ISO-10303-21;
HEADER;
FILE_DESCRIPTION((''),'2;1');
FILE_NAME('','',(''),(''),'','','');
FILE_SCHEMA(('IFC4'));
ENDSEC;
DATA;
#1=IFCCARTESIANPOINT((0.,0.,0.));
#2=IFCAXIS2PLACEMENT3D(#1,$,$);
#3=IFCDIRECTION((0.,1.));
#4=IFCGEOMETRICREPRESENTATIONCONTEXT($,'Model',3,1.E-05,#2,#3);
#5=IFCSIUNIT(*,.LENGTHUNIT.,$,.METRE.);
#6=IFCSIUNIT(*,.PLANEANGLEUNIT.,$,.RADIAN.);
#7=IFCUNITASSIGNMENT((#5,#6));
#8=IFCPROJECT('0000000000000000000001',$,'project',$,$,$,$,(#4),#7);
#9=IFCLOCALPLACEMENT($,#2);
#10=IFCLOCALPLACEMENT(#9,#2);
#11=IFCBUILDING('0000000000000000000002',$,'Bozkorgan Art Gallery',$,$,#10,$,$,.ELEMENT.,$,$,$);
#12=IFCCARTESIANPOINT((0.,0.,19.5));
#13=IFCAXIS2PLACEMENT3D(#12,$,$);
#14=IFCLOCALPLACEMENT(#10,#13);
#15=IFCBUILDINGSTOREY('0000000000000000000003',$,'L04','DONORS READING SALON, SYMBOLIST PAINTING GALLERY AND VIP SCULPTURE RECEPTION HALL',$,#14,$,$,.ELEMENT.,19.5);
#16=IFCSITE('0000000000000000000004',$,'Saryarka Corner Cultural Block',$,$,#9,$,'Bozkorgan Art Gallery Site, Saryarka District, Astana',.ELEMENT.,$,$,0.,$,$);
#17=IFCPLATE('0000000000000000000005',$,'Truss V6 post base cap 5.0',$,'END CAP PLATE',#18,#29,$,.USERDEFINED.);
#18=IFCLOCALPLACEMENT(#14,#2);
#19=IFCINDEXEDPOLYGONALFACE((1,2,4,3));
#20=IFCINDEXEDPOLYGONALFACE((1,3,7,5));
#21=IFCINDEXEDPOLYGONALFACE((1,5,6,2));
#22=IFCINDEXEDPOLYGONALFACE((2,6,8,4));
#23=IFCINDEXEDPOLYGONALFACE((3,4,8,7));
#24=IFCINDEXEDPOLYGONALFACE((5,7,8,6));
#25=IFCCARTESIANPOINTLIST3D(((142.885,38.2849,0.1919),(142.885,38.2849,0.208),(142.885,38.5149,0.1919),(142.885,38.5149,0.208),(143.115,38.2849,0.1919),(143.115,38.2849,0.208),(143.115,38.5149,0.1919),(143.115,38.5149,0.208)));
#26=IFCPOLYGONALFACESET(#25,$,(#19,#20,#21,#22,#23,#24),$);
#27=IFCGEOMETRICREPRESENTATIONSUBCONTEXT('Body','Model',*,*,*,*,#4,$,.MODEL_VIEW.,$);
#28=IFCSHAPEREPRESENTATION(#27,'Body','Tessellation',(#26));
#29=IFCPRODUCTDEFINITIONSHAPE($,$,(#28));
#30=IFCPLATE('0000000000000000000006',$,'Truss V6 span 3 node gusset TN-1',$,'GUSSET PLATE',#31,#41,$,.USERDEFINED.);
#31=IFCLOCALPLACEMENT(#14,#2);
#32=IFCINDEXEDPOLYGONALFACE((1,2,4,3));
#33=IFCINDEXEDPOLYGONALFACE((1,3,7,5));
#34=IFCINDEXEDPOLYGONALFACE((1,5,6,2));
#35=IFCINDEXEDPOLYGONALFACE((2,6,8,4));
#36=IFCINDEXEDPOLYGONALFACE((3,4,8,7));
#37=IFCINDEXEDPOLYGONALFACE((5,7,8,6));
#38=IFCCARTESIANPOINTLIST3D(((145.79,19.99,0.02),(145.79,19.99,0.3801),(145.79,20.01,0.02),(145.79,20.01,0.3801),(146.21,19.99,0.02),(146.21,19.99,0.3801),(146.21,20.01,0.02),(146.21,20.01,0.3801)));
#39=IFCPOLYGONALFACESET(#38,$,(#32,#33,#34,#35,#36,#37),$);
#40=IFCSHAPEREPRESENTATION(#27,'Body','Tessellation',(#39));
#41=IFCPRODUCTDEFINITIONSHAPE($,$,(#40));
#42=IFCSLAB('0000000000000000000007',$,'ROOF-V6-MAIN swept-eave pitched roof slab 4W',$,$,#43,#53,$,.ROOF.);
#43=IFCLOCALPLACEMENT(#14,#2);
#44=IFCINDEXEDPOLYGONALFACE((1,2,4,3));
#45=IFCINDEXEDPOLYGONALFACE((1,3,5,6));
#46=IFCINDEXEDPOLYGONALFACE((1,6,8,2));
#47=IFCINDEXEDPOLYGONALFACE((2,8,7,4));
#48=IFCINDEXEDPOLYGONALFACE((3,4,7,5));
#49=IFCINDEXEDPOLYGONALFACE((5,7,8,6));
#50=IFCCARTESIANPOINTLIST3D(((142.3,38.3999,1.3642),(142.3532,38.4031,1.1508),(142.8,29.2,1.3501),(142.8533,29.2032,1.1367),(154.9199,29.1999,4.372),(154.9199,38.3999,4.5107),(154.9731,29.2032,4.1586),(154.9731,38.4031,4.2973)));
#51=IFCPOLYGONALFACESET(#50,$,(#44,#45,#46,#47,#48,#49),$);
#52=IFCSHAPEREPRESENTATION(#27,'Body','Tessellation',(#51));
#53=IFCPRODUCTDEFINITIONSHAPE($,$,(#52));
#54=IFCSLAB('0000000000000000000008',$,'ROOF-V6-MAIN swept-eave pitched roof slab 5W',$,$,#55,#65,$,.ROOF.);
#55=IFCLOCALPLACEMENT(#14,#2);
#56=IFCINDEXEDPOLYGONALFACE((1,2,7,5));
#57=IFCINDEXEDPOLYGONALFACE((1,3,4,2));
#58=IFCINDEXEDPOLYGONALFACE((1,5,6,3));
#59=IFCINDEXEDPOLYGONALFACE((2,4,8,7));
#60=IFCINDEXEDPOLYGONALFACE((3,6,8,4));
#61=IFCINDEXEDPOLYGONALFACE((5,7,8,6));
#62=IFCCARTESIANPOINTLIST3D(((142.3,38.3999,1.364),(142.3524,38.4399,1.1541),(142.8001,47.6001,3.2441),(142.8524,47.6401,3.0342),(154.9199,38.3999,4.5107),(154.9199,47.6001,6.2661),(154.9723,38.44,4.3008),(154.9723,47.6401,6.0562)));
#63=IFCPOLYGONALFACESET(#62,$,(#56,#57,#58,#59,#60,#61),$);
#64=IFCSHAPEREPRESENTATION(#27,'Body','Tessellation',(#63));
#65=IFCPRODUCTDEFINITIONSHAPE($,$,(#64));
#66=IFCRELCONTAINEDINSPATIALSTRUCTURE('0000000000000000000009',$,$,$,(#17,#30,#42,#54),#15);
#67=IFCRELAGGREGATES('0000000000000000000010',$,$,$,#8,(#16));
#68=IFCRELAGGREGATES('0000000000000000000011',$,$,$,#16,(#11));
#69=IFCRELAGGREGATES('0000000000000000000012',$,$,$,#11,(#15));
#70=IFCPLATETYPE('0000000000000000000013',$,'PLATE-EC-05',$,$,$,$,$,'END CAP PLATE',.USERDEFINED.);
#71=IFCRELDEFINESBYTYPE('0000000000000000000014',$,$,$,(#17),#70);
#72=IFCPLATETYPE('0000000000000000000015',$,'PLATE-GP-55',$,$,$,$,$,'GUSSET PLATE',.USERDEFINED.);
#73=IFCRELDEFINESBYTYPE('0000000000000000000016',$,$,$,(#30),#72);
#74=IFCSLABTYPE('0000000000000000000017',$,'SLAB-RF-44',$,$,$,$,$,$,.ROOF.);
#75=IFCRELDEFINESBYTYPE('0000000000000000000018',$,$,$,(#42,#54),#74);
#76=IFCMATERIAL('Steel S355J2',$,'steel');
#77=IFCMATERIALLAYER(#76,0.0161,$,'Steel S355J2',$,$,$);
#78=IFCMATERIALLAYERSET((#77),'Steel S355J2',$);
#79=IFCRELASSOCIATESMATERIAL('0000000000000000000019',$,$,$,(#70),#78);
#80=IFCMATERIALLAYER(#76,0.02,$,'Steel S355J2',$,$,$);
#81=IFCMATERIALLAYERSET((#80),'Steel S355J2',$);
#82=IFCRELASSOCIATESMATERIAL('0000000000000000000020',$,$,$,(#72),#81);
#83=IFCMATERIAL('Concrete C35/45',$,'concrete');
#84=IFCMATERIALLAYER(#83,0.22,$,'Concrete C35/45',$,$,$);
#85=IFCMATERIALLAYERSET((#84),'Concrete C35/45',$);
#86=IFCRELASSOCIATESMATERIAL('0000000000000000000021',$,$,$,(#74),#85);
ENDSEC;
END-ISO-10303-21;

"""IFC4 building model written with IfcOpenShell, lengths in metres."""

from ifc_helpers import new_model, si_unit, direction, frame, origin, origin_2d, place, context, subcontext, project, spatial, polyline, rectangle, outline, extrude, material, layer, layer_set, type_object, element, save


model = new_model("IFC4")

# Units and contexts
model_context = context("Model", 3, precision=1e-05, world=origin(), true_north=direction((0.0, 1.0)))
body_context = subcontext(model_context, "Body", "Model", "MODEL_VIEW")
ifc_project = project(units=[si_unit("LENGTHUNIT", "METRE"), si_unit("PLANEANGLEUNIT", "RADIAN")], contexts=[model_context])

# Site, building, storey
site_placement = place(None, origin())
site = spatial("IfcSite", under=ifc_project, at=site_placement, Name="Saryarka Corner Cultural Block", LongName="Bozkorgan Art Gallery Site, Saryarka District, Astana", CompositionType="ELEMENT", RefElevation=0.0)
building_placement = place(site_placement, origin())
building = spatial("IfcBuilding", under=site, at=building_placement, Name="Bozkorgan Art Gallery", CompositionType="ELEMENT")
storey_placement = place(building_placement, frame((0.0, 0.0, 19.5)))
storey = spatial("IfcBuildingStorey", under=building, at=storey_placement, Name="L04", Description="DONORS READING SALON, SYMBOLIST PAINTING GALLERY AND VIP SCULPTURE RECEPTION HALL", CompositionType="ELEMENT", Elevation=19.5)

# Shared definitions
ifc_material_1 = material(Name="Steel S355J2", Category="steel")

# Plates
ifc_layer_1 = layer(ifc_material_1, 0.0161, Name="Steel S355J2")
ifc_layer_set_1 = layer_set([ifc_layer_1], Name="Steel S355J2")
plate_type_1 = type_object("IfcPlateType", Name="PLATE-EC-05", ElementType="END CAP PLATE", PredefinedType="USERDEFINED", material=ifc_layer_set_1)
for number, where, z_axis, x_axis, name in (
    (1, (143.0, 38.3999, 0.1919), (0.0, 0.0, 1.0), (1.0, 0.0, 0.0), "Truss V6 post base cap 5.0"),
):
    element("IfcPlate", number, at=place(storey_placement, frame(where, z_axis=z_axis, x_axis=x_axis)), inside=storey, type_object=plate_type_1, Name=name, ObjectType="END CAP PLATE", PredefinedType="USERDEFINED", context=body_context, shape_type="SweptSolid", body=[
        extrude(rectangle(XDim=0.23, YDim=0.23, at=origin_2d()), origin(), (0.0, 0.0, 1.0), 0.0161),
    ])
ifc_layer_2 = layer(ifc_material_1, 0.02, Name="Steel S355J2")
ifc_layer_set_2 = layer_set([ifc_layer_2], Name="Steel S355J2")
plate_type_2 = type_object("IfcPlateType", Name="PLATE-GP-55", ElementType="GUSSET PLATE", PredefinedType="USERDEFINED", material=ifc_layer_set_2)
plate_placement = place(storey_placement, frame((146.0, 20.0, 0.02), z_axis=(0.0, 0.0, 1.0), x_axis=(1.0, 0.0, 0.0)))
element("IfcPlate", 2, at=plate_placement, inside=storey, type_object=plate_type_2, Name="Truss V6 span 3 node gusset TN-1", ObjectType="GUSSET PLATE", PredefinedType="USERDEFINED", context=body_context, shape_type="SweptSolid", body=[
    extrude(rectangle(XDim=0.4199, YDim=0.02, at=origin_2d()), origin(), (0.0, 0.0, 1.0), 0.3601),
])

# Slabs
ifc_material_2 = material(Name="Concrete C35/45", Category="concrete")
ifc_layer_3 = layer(ifc_material_2, 0.22, Name="Concrete C35/45")
ifc_layer_set_3 = layer_set([ifc_layer_3], Name="Concrete C35/45")
slab_type = type_object("IfcSlabType", Name="SLAB-RF-44", PredefinedType="ROOF", material=ifc_layer_set_3)
slab_1_placement = place(storey_placement, frame((142.8, 29.2, 1.3501), z_axis=(-0.241901, -0.014632, 0.970191), x_axis=(0.970294, 0.0, 0.241927)))
element("IfcSlab", 3, at=slab_1_placement, inside=storey, type_object=slab_type, Name="ROOF-V6-MAIN swept-eave pitched roof slab 4W", PredefinedType="ROOF", context=body_context, shape_type="SweptSolid", body=[
    extrude(outline(polyline([(0.0, 0.0), (12.4909, 0.0), (12.5245, 9.2009), (-0.4818, 9.2009), (0.0, 0.0)])), origin(), (0.0, 0.0, -1.0), 0.22),
])
slab_2_placement = place(storey_placement, frame((142.3, 38.3999, 1.364), z_axis=(-0.237894, -0.18204, 0.95408), x_axis=(0.970292, 0.000001, 0.241936)))
element("IfcSlab", 4, at=slab_2_placement, inside=storey, type_object=slab_type, Name="ROOF-V6-MAIN swept-eave pitched roof slab 5W", PredefinedType="ROOF", context=body_context, shape_type="SweptSolid", body=[
    extrude(outline(polyline([(0.0, 0.0), (13.0063, 0.0), (13.431, 9.3565), (0.94, 9.3565), (0.0, 0.0)])), origin(), (0.0, 0.0, -1.0), 0.22),
])

save(model, "model.ifc")
